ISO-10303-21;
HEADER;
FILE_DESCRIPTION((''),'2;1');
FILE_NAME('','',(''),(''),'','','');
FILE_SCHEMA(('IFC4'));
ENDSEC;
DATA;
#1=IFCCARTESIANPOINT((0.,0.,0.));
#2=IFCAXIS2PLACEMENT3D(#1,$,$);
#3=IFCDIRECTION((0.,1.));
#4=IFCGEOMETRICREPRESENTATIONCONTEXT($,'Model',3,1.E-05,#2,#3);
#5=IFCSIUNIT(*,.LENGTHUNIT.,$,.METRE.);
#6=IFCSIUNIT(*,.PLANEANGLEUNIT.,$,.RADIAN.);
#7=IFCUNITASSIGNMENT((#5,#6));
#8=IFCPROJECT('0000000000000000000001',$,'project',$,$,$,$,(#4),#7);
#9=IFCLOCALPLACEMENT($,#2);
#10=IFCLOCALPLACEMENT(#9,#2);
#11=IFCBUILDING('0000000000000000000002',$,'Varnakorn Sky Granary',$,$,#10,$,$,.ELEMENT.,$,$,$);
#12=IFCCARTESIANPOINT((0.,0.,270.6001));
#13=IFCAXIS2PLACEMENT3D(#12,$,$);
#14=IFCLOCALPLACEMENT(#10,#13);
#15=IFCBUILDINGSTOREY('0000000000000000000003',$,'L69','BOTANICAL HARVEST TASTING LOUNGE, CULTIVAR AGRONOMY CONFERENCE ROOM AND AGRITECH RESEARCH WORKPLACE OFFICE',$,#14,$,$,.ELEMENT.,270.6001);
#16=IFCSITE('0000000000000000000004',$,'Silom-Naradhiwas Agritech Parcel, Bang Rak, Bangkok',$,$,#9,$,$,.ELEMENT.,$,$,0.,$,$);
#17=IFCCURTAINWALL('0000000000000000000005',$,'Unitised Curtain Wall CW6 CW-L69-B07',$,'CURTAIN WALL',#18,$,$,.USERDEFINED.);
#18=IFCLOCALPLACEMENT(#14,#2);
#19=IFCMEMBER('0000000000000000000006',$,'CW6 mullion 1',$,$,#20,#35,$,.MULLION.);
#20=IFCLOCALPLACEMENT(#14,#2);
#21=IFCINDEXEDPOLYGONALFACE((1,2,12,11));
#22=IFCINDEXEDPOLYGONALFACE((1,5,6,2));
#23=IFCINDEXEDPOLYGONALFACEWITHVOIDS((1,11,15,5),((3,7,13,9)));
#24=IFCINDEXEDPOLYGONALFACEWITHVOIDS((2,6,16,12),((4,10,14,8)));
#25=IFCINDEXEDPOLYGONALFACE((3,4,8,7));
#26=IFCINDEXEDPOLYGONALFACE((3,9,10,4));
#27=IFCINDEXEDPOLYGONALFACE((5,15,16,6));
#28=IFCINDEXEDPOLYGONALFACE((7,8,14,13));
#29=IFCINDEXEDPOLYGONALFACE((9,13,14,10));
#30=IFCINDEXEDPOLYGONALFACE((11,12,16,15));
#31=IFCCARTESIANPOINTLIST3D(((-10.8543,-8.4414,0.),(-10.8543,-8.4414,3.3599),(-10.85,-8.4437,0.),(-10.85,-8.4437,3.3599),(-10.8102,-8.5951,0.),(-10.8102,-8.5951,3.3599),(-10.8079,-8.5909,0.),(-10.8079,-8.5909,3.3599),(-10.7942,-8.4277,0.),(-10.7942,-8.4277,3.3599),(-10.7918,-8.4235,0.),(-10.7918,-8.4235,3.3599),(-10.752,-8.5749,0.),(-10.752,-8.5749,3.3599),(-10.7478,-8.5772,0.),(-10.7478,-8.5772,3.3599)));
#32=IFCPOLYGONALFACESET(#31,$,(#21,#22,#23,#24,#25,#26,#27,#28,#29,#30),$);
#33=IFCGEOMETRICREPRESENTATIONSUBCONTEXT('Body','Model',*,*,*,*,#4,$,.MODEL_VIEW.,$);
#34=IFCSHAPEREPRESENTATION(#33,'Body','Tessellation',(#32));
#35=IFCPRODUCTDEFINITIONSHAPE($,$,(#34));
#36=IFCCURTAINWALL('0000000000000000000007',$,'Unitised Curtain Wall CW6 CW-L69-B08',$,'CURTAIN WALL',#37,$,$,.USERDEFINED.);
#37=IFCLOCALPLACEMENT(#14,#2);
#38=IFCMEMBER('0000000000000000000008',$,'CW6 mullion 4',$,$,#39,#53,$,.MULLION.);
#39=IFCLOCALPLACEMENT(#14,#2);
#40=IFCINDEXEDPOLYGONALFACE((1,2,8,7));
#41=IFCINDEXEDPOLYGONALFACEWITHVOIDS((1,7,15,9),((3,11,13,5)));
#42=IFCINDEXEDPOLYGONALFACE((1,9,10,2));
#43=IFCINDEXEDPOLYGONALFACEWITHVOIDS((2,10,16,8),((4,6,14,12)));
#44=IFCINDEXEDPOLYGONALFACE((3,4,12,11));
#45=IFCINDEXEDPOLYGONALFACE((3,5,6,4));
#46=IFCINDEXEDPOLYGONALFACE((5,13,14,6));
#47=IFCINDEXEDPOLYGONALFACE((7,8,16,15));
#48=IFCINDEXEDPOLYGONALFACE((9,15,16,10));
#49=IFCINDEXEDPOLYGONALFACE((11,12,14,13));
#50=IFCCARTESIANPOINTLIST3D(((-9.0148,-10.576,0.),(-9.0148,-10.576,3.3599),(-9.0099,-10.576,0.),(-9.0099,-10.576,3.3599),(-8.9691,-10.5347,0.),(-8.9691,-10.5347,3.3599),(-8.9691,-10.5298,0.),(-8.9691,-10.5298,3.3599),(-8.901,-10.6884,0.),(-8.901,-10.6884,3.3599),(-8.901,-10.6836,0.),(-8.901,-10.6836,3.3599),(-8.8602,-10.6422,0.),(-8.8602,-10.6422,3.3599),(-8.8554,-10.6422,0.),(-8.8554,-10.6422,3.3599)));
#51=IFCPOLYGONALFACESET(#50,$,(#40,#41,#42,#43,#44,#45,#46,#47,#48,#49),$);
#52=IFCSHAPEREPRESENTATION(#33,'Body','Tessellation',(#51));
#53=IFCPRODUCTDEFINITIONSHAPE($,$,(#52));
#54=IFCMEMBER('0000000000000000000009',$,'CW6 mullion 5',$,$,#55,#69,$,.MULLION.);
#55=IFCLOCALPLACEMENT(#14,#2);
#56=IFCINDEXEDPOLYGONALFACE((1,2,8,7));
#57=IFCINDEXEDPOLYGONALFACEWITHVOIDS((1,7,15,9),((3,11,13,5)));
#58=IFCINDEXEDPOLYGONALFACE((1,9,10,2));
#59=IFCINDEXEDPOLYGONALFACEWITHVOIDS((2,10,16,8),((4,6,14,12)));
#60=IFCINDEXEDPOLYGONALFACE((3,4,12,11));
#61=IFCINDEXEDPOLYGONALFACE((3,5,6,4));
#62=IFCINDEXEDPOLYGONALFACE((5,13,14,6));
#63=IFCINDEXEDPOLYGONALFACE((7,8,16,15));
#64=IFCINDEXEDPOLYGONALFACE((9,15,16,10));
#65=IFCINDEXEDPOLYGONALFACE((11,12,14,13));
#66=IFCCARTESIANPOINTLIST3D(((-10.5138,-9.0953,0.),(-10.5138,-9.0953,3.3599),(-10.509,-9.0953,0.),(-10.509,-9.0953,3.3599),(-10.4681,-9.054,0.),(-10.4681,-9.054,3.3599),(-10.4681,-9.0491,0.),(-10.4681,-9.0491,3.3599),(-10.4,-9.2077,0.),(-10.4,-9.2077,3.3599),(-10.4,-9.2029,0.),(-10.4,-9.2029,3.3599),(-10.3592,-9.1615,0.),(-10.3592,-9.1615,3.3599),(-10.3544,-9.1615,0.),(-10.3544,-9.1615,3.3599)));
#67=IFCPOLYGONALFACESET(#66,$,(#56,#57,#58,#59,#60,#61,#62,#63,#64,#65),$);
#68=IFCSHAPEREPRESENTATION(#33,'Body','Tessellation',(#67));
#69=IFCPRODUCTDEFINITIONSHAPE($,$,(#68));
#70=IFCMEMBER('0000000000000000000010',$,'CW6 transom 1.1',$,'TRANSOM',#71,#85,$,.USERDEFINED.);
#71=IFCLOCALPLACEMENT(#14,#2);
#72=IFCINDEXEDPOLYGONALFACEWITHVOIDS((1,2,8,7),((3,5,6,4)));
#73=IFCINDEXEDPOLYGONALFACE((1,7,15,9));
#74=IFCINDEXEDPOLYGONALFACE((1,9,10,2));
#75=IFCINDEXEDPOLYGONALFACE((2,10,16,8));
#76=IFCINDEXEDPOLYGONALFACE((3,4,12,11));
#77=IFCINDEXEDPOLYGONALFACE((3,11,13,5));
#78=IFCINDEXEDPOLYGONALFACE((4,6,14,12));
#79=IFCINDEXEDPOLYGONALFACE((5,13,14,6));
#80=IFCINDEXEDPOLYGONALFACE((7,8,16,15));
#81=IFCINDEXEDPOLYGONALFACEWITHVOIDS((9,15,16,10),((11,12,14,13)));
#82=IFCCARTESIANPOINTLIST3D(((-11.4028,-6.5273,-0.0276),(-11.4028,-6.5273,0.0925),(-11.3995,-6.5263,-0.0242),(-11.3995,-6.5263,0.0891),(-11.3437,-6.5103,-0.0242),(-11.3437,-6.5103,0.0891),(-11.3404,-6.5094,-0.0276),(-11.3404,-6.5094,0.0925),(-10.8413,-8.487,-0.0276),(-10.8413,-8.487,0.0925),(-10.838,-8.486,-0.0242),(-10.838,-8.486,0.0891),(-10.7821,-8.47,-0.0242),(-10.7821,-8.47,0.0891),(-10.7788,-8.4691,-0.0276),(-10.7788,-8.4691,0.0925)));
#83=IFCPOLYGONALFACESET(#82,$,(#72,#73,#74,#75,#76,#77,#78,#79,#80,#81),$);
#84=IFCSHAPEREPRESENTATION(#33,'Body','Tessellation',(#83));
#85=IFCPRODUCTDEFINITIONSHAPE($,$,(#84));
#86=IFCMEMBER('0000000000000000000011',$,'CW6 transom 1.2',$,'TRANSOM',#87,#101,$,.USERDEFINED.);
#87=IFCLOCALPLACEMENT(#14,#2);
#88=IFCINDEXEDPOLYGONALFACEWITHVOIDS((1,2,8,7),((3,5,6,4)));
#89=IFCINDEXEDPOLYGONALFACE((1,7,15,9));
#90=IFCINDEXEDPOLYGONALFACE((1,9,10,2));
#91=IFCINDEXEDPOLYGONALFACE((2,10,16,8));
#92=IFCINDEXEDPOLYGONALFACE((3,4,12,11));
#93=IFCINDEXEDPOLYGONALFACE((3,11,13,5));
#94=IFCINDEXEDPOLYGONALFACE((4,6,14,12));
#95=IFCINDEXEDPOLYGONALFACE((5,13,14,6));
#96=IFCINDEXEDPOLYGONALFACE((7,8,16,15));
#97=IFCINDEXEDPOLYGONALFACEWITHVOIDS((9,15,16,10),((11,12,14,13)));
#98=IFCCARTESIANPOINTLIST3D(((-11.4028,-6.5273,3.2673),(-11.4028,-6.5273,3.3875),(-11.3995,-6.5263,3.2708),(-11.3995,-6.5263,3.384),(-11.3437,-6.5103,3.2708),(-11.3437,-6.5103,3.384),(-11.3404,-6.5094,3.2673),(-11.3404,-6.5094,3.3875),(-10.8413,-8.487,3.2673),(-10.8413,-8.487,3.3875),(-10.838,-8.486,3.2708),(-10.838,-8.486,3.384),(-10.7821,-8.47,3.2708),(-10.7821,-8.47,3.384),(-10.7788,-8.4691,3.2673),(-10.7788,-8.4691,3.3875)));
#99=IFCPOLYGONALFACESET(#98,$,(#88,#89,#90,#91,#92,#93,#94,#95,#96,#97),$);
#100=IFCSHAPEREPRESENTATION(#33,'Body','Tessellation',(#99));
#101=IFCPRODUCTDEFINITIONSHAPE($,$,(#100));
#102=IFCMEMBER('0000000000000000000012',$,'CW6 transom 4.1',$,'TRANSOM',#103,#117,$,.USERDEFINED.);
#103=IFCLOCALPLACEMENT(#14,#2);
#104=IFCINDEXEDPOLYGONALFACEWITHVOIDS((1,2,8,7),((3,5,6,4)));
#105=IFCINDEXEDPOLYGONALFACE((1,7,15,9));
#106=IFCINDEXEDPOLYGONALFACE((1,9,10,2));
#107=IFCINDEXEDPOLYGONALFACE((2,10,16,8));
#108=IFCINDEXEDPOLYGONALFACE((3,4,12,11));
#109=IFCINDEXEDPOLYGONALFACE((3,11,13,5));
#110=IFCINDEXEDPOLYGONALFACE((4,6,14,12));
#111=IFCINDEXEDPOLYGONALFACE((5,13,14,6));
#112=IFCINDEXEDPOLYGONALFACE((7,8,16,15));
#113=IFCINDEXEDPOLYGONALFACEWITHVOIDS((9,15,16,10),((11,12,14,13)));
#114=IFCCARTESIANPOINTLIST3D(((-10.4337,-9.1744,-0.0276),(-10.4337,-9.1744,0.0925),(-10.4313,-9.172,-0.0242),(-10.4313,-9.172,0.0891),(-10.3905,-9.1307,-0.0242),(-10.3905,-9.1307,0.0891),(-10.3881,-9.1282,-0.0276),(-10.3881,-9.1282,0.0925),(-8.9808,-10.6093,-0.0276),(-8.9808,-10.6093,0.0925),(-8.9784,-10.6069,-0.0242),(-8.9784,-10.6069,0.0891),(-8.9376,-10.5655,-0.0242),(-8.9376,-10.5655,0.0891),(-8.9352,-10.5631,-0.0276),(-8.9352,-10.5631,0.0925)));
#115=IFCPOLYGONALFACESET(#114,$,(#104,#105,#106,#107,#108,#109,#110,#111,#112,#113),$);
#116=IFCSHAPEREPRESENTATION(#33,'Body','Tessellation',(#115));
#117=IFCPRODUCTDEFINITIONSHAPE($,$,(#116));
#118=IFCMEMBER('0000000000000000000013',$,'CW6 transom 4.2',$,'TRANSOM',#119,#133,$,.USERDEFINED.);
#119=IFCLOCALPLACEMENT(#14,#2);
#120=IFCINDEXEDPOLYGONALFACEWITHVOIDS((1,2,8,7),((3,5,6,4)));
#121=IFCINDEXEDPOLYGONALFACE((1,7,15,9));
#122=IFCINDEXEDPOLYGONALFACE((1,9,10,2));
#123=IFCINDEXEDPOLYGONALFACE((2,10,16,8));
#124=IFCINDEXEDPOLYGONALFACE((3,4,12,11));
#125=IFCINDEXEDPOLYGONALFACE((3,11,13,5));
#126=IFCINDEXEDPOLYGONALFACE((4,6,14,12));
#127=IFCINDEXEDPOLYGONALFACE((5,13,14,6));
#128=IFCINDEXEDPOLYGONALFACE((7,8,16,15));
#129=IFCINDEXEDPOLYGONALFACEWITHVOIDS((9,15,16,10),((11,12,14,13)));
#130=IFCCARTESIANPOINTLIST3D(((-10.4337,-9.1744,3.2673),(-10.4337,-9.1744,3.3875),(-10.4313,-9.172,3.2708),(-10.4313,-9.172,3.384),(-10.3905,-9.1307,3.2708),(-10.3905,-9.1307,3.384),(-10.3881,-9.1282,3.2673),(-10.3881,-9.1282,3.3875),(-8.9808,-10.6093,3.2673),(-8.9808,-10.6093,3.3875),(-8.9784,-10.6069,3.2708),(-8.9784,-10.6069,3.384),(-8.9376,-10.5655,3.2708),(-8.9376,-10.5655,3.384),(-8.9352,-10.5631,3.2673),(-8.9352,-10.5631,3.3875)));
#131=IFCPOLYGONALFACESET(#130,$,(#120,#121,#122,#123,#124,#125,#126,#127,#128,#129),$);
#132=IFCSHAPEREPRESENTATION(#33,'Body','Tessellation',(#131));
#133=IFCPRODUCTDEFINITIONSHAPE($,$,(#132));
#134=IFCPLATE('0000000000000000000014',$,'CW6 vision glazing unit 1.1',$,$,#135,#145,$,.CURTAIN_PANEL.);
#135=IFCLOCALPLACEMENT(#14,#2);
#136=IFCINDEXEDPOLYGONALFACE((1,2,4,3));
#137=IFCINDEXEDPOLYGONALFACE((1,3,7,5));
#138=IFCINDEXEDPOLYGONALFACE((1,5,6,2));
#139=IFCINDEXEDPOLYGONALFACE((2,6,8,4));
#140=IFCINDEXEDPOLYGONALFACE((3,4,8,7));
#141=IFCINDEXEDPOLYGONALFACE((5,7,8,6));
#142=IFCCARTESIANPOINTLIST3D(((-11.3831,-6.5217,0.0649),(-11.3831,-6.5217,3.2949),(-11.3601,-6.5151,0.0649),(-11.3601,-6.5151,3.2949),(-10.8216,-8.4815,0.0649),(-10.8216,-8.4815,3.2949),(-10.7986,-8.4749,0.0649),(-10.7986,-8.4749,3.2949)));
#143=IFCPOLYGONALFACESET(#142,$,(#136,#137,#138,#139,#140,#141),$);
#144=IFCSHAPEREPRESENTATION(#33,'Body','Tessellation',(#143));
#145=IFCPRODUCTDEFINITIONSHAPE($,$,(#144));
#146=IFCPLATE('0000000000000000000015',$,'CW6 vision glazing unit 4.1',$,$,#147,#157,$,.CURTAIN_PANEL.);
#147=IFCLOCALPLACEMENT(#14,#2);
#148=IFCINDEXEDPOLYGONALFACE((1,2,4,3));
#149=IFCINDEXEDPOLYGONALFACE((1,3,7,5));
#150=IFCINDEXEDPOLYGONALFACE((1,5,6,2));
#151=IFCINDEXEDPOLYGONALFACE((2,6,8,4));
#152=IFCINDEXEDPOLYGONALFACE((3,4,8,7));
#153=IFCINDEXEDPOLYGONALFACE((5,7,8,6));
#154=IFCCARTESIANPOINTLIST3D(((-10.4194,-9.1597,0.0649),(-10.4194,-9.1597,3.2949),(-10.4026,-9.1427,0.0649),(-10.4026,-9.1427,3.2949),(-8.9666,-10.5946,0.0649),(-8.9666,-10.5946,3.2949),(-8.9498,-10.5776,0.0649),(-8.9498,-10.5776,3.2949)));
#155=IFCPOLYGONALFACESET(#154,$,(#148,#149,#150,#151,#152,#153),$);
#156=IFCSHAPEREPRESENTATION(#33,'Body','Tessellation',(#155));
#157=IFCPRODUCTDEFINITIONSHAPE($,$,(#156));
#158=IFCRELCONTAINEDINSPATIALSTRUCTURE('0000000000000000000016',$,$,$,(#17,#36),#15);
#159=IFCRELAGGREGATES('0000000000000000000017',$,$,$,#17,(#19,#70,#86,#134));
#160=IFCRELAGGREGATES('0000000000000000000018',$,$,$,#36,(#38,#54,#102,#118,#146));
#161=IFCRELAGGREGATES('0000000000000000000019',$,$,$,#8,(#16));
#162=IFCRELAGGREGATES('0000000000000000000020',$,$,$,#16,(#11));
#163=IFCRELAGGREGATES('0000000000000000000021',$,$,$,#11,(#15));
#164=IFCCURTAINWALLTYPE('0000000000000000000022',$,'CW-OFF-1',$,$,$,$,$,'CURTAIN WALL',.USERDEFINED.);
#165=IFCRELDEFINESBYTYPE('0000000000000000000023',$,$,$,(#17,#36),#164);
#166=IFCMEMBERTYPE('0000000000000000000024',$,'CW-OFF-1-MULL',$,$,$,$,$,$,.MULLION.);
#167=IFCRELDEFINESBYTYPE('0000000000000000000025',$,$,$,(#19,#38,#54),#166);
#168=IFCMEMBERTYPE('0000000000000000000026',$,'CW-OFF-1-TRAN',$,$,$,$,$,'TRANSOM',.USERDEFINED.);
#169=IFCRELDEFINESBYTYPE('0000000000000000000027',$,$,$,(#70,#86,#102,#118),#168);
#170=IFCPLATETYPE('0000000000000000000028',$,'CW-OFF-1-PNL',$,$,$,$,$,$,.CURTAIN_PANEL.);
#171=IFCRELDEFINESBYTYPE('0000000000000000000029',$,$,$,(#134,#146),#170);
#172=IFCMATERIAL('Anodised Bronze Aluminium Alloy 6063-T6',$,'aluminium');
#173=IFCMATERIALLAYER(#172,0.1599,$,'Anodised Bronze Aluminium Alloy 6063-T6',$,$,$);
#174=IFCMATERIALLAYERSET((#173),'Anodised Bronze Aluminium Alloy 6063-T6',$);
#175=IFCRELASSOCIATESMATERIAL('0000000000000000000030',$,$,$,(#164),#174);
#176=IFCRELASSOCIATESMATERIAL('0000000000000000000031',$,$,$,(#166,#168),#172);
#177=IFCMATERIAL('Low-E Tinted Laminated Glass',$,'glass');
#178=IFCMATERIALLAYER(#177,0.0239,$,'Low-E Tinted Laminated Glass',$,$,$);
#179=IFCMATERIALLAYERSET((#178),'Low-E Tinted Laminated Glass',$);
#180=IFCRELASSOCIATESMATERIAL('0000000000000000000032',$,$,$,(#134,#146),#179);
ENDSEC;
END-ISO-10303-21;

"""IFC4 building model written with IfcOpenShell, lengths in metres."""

from ifc_helpers import new_model, si_unit, direction, frame, origin, origin_2d, place, context, subcontext, project, spatial, rectangle, hollow_rectangle, extrude, source, transform, mapped, material, layer, layer_set, material_profile, profile_set, type_object, type_shapes, element, aggregate, save


model = new_model("IFC4")

# Units and contexts
model_context = context("Model", 3, precision=1e-05, world=origin(), true_north=direction((0.0, 1.0)))
body_context = subcontext(model_context, "Body", "Model", "MODEL_VIEW")
ifc_project = project(units=[si_unit("LENGTHUNIT", "METRE"), si_unit("PLANEANGLEUNIT", "RADIAN")], contexts=[model_context])

# Site, building, storey
site_placement = place(None, origin())
site = spatial("IfcSite", under=ifc_project, at=site_placement, Name="Silom-Naradhiwas Agritech Parcel, Bang Rak, Bangkok", CompositionType="ELEMENT", RefElevation=0.0)
building_placement = place(site_placement, origin())
building = spatial("IfcBuilding", under=site, at=building_placement, Name="Varnakorn Sky Granary", CompositionType="ELEMENT")
storey_placement = place(building_placement, frame((0.0, 0.0, 270.6001)))
storey = spatial("IfcBuildingStorey", under=building, at=storey_placement, Name="L69", Description="BOTANICAL HARVEST TASTING LOUNGE, CULTIVAR AGRONOMY CONFERENCE ROOM AND AGRITECH RESEARCH WORKPLACE OFFICE", CompositionType="ELEMENT", Elevation=270.6001)

# Curtain wall, member
ifc_material_1 = material(Name="Anodised Bronze Aluminium Alloy 6063-T6", Category="aluminium")
ifc_layer_1 = layer(ifc_material_1, 0.1599, Name="Anodised Bronze Aluminium Alloy 6063-T6")
ifc_layer_set_1 = layer_set([ifc_layer_1], Name="Anodised Bronze Aluminium Alloy 6063-T6")
curtain_wall_type = type_object("IfcCurtainWallType", Name="CW-OFF-1", ElementType="CURTAIN WALL", PredefinedType="USERDEFINED", material=ifc_layer_set_1)
curtain_wall_1_placement = place(storey_placement, origin())
curtain_wall_1 = element("IfcCurtainWall", 1, at=curtain_wall_1_placement, inside=storey, type_object=curtain_wall_type, Name="Unitised Curtain Wall CW6 CW-L69-B07", ObjectType="CURTAIN WALL", PredefinedType="USERDEFINED")
ifc_material_profile_1 = material_profile(ifc_material_1, hollow_rectangle(XDim=0.0649, YDim=0.1599, WallThickness=0.0034, at=origin_2d()), Name="ALU MULL 65x160")
ifc_profile_set_1 = profile_set([ifc_material_profile_1], Name="Anodised Bronze Aluminium Alloy 6063-T6")
member_type_1 = type_object("IfcMemberType", Name="CW-OFF-1-MULL", PredefinedType="MULLION", material=ifc_profile_set_1)
member_1_placement = place(storey_placement, frame((-10.801, -8.5093, 0.0), z_axis=(0.0, 0.0, 1.0), x_axis=(-0.961323, -0.275423, 0.0)))
member_1 = element("IfcMember", 2, at=member_1_placement, type_object=member_type_1, Name="CW6 mullion 1", PredefinedType="MULLION", context=body_context, shape_type="SweptSolid", body=[
    extrude(hollow_rectangle(XDim=0.0649, YDim=0.1599, WallThickness=0.0034, at=origin_2d()), origin(), (0.0, 0.0, 1.0), 3.3599),
])

# Curtain wall, members
curtain_wall_2_placement = place(storey_placement, origin())
curtain_wall_2 = element("IfcCurtainWall", 3, at=curtain_wall_2_placement, inside=storey, type_object=curtain_wall_type, Name="Unitised Curtain Wall CW6 CW-L69-B08", ObjectType="CURTAIN WALL", PredefinedType="USERDEFINED")
member_2_placement = place(storey_placement, frame((-8.9351, -10.6091, 0.0), z_axis=(0.0, 0.0, 1.0), x_axis=(-0.702729, -0.711458, 0.0)))
member_2 = element("IfcMember", 4, at=member_2_placement, type_object=member_type_1, Name="CW6 mullion 4", PredefinedType="MULLION", context=body_context, shape_type="SweptSolid", body=[
    extrude(hollow_rectangle(XDim=0.0649, YDim=0.1599, WallThickness=0.0034, at=origin_2d()), origin(), (0.0, 0.0, 1.0), 3.3599),
])
member_3_placement = place(storey_placement, frame((-10.4341, -9.1284, 0.0), z_axis=(0.0, 0.0, 1.0), x_axis=(-0.702729, -0.711458, 0.0)))
member_3 = element("IfcMember", 5, at=member_3_placement, type_object=member_type_1, Name="CW6 mullion 5", PredefinedType="MULLION", context=body_context, shape_type="SweptSolid", body=[
    extrude(hollow_rectangle(XDim=0.0649, YDim=0.1599, WallThickness=0.0034, at=origin_2d()), origin(), (0.0, 0.0, 1.0), 3.3599),
])

# Members
ifc_material_profile_2 = material_profile(ifc_material_1, hollow_rectangle(XDim=0.0649, YDim=0.1201, WallThickness=0.0034, at=origin_2d()), Name="ALU TRAN 65x120")
ifc_profile_set_2 = profile_set([ifc_material_profile_2], Name="Anodised Bronze Aluminium Alloy 6063-T6")
member_type_2 = type_object("IfcMemberType", Name="CW-OFF-1-TRAN", ElementType="TRANSOM", PredefinedType="USERDEFINED", material=ifc_profile_set_2)
member_4_placement = place(storey_placement, frame((-10.8101, -8.478, 0.0325), z_axis=(-0.275449, 0.961316, 0.0), x_axis=(-0.961316, -0.275449, 0.0)))
member_4 = element("IfcMember", 6, at=member_4_placement, type_object=member_type_2, Name="CW6 transom 1.1", ObjectType="TRANSOM", PredefinedType="USERDEFINED", context=body_context, shape_type="SweptSolid", body=[
    extrude(hollow_rectangle(XDim=0.0649, YDim=0.1201, WallThickness=0.0034, at=origin_2d()), origin(), (0.0, 0.0, 1.0), 2.0386),
])
member_5_placement = place(storey_placement, frame((-10.8101, -8.478, 3.3274), z_axis=(-0.275449, 0.961316, 0.0), x_axis=(-0.961316, -0.275449, 0.0)))
member_5 = element("IfcMember", 7, at=member_5_placement, type_object=member_type_2, Name="CW6 transom 1.2", ObjectType="TRANSOM", PredefinedType="USERDEFINED", context=body_context, shape_type="SweptSolid", body=[
    extrude(hollow_rectangle(XDim=0.0649, YDim=0.1201, WallThickness=0.0034, at=origin_2d()), origin(), (0.0, 0.0, 1.0), 2.0386),
])
member_6_placement = place(storey_placement, frame((-8.958, -10.5862, 0.0325), z_axis=(-0.711517, 0.702669, 0.0), x_axis=(-0.702669, -0.711517, 0.0)))
member_6 = element("IfcMember", 8, at=member_6_placement, type_object=member_type_2, Name="CW6 transom 4.1", ObjectType="TRANSOM", PredefinedType="USERDEFINED", context=body_context, shape_type="SweptSolid", body=[
    extrude(hollow_rectangle(XDim=0.0649, YDim=0.1201, WallThickness=0.0034, at=origin_2d()), origin(), (0.0, 0.0, 1.0), 2.042),
])
member_7_placement = place(storey_placement, frame((-8.958, -10.5862, 3.3274), z_axis=(-0.711517, 0.702669, 0.0), x_axis=(-0.702669, -0.711517, 0.0)))
member_7 = element("IfcMember", 9, at=member_7_placement, type_object=member_type_2, Name="CW6 transom 4.2", ObjectType="TRANSOM", PredefinedType="USERDEFINED", context=body_context, shape_type="SweptSolid", body=[
    extrude(hollow_rectangle(XDim=0.0649, YDim=0.1201, WallThickness=0.0034, at=origin_2d()), origin(), (0.0, 0.0, 1.0), 2.042),
])

# Plates
ifc_material_2 = material(Name="Low-E Tinted Laminated Glass", Category="glass")
ifc_layer_2 = layer(ifc_material_2, 0.0239, Name="Low-E Tinted Laminated Glass")
ifc_layer_set_2 = layer_set([ifc_layer_2], Name="Low-E Tinted Laminated Glass")
plate_type = type_object("IfcPlateType", Name="CW-OFF-1-PNL", PredefinedType="CURTAIN_PANEL")
shared_shape_1 = source(origin(), body_context, "Body", "SweptSolid", [
    extrude(rectangle(XDim=2.0386, YDim=0.0239, at=origin_2d()), origin(), (0.0, 0.0, 1.0), 3.23),
])
plate_1_placement = place(storey_placement, frame((-11.0908, -7.4983, 0.0649), z_axis=(0.0, 0.0, 1.0), x_axis=(-0.275423, 0.961323, 0.0)))
plate_1 = element("IfcPlate", 10, at=plate_1_placement, type_object=plate_type, material=ifc_layer_set_2, Name="CW6 vision glazing unit 1.1", PredefinedType="CURTAIN_PANEL", context=body_context, shape_type="MappedRepresentation", body=[
    mapped(shared_shape_1, transform((0.0, 0.0, 0.0), x_axis=(1.0, 0.0, 0.0), y_axis=(0.0, 1.0, 0.0), z_axis=(0.0, 0.0, 1.0), scale=1.0)),
])
aggregate(curtain_wall_1, [member_1, member_4, member_5, plate_1])
shared_shape_2 = source(origin(), body_context, "Body", "SweptSolid", [
    extrude(rectangle(XDim=2.042, YDim=0.0239, at=origin_2d()), origin(), (0.0, 0.0, 1.0), 3.23),
])
type_shapes(plate_type, [shared_shape_1, shared_shape_2])
plate_2_placement = place(storey_placement, frame((-9.6846, -9.8687, 0.0649), z_axis=(0.0, 0.0, 1.0), x_axis=(-0.711458, 0.702729, 0.0)))
plate_2 = element("IfcPlate", 11, at=plate_2_placement, type_object=plate_type, material=ifc_layer_set_2, Name="CW6 vision glazing unit 4.1", PredefinedType="CURTAIN_PANEL", context=body_context, shape_type="MappedRepresentation", body=[
    mapped(shared_shape_2, transform((0.0, 0.0, 0.0), x_axis=(1.0, 0.0, 0.0), y_axis=(0.0, 1.0, 0.0), z_axis=(0.0, 0.0, 1.0), scale=1.0)),
])
aggregate(curtain_wall_2, [member_2, member_3, member_6, member_7, plate_2])

save(model, "model.ifc")
